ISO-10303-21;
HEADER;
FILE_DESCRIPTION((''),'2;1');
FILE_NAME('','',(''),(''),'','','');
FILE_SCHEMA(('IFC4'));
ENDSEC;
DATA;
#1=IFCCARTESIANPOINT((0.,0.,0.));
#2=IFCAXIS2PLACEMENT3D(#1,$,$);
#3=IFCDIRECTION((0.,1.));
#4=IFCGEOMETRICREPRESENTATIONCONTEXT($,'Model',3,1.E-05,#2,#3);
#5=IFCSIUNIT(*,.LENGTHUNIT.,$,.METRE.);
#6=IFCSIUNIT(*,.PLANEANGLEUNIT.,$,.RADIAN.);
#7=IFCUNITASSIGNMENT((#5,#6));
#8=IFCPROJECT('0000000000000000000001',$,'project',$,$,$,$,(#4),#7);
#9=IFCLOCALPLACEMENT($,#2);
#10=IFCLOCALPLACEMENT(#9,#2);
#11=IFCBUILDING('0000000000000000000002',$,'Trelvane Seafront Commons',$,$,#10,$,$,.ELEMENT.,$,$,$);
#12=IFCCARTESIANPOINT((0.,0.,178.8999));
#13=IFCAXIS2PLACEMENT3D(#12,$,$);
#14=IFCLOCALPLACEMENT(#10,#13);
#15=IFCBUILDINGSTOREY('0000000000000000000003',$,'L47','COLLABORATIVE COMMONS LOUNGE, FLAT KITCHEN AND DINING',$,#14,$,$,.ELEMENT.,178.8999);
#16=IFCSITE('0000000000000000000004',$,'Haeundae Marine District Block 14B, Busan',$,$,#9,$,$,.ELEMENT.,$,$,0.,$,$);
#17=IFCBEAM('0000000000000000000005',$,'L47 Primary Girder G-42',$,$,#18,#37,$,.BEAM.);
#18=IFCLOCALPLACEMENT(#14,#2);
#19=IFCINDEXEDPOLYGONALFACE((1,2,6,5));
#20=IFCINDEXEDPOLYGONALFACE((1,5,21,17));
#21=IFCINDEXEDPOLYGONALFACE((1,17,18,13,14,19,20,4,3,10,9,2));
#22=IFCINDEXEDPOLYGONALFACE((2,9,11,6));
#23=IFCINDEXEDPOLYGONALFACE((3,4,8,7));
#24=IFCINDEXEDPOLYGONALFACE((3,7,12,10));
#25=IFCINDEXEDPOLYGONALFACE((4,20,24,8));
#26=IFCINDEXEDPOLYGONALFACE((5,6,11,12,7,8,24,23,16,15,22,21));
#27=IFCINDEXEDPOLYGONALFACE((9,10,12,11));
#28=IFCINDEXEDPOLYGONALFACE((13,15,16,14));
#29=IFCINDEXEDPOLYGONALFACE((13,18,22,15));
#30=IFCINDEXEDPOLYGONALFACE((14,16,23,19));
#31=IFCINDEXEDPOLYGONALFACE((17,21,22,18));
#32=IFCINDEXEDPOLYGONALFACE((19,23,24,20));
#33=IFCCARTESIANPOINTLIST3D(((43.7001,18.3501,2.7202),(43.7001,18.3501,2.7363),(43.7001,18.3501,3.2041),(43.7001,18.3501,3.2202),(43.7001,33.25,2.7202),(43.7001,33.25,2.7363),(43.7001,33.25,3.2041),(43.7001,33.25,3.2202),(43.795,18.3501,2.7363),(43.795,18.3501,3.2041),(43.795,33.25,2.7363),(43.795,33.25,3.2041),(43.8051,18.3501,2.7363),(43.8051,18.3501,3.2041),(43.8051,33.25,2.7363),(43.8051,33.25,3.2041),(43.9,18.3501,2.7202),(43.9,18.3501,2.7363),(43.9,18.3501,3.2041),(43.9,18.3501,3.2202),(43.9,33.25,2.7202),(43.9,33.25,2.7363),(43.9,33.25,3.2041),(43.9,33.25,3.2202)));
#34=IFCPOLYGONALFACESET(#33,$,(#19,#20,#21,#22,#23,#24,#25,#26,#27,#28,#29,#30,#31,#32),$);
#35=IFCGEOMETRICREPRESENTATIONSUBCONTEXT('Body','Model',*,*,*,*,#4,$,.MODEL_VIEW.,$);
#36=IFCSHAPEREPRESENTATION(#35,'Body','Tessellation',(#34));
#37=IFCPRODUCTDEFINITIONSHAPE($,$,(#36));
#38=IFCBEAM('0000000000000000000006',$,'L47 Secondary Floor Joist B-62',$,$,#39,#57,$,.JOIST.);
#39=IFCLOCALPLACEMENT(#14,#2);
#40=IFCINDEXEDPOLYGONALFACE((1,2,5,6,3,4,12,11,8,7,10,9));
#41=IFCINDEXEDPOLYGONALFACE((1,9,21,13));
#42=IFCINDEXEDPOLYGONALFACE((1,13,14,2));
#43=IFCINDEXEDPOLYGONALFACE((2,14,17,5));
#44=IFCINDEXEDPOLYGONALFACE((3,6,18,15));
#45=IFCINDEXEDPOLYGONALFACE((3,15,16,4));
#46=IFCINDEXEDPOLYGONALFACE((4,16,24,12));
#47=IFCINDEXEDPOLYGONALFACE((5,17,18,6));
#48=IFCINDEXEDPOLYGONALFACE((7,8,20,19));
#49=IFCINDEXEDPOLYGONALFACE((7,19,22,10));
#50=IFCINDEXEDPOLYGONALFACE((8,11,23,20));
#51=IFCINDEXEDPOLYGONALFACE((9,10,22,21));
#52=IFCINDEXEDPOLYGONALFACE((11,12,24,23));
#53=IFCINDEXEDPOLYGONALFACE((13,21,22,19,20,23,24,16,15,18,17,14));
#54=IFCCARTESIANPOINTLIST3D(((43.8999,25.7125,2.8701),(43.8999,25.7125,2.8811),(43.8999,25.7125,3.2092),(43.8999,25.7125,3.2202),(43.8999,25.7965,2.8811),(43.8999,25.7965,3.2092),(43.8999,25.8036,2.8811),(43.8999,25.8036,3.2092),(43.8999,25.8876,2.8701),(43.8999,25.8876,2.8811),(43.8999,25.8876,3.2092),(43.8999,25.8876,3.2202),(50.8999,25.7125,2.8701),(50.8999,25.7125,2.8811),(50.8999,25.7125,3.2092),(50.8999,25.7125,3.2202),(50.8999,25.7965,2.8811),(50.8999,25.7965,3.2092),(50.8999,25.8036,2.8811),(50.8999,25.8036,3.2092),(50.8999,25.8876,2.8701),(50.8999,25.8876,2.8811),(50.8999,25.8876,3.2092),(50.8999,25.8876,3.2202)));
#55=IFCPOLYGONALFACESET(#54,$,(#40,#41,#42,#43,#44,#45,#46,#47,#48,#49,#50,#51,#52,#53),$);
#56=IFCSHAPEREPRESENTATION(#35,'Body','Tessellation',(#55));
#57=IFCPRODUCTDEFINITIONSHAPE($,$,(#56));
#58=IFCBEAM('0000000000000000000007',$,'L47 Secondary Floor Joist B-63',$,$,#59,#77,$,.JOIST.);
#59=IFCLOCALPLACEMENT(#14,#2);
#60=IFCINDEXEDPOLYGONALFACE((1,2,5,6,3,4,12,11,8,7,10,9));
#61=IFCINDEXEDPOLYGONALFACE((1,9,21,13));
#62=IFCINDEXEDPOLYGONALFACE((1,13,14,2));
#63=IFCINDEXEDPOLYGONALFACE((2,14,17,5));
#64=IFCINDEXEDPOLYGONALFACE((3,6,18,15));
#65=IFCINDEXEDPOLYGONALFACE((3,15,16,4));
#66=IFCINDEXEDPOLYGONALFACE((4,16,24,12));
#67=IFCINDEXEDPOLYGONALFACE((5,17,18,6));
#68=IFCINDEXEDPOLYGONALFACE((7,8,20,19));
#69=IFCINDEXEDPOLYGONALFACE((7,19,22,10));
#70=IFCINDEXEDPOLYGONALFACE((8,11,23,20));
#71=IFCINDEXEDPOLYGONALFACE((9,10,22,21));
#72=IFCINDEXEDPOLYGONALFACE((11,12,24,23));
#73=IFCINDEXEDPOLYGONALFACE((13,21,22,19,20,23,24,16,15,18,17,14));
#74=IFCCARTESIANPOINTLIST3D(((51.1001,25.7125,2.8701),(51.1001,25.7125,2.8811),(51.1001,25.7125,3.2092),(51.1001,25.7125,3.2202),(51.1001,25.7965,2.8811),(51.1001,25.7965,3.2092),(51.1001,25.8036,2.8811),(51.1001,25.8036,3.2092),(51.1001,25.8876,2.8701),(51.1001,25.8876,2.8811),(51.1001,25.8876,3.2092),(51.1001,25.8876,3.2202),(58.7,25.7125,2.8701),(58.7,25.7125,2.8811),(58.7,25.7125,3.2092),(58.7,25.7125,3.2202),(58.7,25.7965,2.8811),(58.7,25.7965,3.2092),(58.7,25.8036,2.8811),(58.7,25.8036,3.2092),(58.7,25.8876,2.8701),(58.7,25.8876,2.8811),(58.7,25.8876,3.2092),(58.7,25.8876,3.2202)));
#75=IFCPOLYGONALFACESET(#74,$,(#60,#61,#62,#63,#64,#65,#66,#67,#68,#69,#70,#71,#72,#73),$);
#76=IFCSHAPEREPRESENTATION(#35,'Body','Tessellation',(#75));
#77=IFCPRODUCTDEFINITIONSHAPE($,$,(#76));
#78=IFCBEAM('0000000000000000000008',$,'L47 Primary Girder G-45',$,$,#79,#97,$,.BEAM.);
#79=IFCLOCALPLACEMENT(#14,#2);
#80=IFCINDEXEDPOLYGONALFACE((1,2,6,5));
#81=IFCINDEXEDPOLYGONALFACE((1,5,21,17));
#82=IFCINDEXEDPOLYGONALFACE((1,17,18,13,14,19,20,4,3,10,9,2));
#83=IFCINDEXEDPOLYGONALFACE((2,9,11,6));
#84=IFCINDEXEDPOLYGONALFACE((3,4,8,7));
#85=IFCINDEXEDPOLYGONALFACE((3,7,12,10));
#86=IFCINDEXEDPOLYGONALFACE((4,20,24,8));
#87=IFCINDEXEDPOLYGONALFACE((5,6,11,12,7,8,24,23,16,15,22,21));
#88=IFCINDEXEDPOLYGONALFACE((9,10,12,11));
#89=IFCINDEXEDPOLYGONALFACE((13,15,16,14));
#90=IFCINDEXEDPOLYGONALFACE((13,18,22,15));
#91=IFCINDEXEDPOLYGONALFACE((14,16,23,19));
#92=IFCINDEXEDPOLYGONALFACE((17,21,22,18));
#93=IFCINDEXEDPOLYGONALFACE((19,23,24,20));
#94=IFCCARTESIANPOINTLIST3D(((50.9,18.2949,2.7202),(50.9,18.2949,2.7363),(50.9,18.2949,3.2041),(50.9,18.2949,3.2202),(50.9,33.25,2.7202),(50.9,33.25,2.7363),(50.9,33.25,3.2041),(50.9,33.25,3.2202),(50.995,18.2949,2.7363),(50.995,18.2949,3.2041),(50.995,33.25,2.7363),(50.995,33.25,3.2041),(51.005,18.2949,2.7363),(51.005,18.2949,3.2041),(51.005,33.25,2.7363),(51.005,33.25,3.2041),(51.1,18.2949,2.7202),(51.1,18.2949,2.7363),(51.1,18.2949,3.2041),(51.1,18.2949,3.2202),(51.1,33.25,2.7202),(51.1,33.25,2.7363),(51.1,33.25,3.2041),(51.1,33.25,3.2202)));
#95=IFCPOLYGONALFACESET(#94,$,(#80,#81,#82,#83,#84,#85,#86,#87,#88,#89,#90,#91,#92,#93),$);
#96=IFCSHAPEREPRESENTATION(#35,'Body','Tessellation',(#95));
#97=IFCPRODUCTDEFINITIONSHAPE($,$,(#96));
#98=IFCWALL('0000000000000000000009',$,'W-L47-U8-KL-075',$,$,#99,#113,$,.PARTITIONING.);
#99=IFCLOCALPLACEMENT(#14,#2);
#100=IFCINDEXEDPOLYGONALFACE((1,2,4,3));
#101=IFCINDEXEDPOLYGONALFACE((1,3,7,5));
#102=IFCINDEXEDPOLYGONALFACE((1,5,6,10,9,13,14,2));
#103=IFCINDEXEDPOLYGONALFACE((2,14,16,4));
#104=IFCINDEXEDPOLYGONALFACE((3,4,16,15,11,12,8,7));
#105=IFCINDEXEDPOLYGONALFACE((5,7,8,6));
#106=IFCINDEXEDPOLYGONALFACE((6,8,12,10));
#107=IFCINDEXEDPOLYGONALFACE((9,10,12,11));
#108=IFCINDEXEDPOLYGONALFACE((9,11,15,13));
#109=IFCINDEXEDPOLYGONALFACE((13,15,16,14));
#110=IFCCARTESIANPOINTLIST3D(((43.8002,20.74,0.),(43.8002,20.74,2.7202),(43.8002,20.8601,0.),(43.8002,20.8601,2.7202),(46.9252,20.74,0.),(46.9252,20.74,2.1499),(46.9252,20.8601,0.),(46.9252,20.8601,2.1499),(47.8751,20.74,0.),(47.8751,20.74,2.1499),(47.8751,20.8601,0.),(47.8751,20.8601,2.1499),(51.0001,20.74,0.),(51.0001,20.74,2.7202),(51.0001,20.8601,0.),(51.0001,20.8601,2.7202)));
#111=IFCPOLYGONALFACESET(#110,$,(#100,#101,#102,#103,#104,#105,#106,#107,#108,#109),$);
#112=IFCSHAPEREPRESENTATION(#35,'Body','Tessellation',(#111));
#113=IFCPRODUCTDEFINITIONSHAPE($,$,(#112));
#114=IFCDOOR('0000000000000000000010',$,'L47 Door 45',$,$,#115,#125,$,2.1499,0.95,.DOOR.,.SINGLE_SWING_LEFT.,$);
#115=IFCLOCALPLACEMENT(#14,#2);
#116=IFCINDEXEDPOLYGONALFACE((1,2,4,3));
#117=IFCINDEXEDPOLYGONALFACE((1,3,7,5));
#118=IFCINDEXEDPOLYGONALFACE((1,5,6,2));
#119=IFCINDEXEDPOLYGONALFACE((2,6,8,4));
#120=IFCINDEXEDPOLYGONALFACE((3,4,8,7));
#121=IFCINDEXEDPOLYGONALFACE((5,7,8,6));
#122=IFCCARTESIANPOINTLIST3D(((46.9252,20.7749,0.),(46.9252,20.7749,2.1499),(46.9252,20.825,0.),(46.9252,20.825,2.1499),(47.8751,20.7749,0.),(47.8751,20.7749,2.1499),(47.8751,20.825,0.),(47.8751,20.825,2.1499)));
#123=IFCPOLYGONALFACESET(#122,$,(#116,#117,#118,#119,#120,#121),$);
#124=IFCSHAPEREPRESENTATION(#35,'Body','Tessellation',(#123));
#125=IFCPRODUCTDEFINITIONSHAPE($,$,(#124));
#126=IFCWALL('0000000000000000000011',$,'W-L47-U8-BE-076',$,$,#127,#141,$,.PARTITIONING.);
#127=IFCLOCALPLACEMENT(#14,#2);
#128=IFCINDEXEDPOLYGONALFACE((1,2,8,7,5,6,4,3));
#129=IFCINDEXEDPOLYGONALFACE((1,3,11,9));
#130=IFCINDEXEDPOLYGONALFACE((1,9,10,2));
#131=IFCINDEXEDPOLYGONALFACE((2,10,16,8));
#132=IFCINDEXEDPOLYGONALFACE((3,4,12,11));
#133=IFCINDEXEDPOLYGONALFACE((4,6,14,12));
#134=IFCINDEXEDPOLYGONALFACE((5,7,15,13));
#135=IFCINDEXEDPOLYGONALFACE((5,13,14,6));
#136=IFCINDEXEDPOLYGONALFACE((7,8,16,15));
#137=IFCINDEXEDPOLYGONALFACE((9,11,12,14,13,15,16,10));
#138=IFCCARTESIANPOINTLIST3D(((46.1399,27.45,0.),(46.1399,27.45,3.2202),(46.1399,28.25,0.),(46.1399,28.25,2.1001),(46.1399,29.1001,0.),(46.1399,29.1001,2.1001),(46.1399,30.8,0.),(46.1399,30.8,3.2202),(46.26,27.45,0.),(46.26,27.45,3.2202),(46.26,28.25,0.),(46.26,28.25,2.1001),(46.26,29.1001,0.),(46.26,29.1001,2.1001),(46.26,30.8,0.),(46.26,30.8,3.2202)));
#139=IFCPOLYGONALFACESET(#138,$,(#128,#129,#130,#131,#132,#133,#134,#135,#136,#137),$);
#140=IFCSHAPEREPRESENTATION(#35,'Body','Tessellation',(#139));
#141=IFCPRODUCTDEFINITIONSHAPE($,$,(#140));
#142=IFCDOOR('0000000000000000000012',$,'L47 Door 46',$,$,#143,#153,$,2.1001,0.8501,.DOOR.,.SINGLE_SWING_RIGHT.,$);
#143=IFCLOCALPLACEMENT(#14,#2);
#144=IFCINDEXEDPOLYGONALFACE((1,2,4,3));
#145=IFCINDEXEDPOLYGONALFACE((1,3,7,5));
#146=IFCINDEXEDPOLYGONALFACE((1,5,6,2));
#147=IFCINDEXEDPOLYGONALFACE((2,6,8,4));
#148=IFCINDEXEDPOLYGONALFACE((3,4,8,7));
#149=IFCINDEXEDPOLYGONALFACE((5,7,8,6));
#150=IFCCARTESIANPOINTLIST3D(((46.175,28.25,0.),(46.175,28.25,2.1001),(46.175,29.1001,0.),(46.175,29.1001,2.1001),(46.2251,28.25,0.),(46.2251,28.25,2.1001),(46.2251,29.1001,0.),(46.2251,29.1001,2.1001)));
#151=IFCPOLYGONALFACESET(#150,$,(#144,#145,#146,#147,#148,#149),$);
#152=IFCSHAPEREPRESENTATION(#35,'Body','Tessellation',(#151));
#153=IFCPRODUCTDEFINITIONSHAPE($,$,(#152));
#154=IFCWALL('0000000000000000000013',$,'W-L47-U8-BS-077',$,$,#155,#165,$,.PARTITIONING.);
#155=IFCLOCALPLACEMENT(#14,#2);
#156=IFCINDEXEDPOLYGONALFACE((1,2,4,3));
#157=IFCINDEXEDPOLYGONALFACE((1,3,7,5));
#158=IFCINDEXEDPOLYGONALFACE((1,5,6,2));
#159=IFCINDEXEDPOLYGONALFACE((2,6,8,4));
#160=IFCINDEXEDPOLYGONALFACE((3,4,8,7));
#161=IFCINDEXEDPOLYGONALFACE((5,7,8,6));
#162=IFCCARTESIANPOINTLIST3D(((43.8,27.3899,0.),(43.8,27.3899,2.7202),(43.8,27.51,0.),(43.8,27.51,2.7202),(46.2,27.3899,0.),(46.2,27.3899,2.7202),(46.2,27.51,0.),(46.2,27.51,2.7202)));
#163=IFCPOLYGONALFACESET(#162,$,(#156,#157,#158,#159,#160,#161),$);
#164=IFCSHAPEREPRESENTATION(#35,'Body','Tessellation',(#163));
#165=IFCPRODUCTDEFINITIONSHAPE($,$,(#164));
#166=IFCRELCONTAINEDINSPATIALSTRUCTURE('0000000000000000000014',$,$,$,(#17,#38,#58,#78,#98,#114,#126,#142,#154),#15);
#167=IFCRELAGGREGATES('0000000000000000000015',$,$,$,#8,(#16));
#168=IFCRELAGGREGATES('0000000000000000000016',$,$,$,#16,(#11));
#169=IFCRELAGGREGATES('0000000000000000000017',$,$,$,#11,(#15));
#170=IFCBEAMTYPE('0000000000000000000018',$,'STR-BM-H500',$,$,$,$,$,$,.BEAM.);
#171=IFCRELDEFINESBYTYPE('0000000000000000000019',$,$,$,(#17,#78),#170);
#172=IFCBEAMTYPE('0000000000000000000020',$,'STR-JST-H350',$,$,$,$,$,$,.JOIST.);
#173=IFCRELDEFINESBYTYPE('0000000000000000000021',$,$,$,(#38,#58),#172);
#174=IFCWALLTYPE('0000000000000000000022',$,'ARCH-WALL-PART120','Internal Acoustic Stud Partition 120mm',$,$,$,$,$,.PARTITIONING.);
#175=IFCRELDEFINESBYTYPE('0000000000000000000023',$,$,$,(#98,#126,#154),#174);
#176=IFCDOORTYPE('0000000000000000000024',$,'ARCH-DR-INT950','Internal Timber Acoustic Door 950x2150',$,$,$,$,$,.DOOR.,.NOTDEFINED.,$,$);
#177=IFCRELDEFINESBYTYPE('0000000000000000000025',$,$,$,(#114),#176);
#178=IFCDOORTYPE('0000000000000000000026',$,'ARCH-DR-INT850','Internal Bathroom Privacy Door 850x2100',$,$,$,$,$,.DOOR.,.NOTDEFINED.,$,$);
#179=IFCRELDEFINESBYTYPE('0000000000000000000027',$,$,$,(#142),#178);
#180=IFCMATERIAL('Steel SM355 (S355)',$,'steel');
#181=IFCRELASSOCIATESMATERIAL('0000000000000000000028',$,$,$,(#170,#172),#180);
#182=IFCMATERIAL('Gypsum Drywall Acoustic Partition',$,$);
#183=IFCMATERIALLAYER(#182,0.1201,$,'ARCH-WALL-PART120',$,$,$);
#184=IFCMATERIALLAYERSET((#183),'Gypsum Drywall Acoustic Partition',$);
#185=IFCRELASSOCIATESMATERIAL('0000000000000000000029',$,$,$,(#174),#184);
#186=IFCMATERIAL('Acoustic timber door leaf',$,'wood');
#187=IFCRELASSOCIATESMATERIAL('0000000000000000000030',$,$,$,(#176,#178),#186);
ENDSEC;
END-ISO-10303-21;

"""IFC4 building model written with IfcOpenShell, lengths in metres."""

from ifc_helpers import new_model, si_unit, direction, frame, frame_2d, origin, origin_2d, place, context, subcontext, project, spatial, rectangle, i_section, extrude, source, transform, mapped, material, layer, layer_set, material_profile, profile_set, type_object, element, fill, save


model = new_model("IFC4")

# Units and contexts
model_context = context("Model", 3, precision=1e-05, world=origin(), true_north=direction((0.0, 1.0)))
body_context = subcontext(model_context, "Body", "Model", "MODEL_VIEW")
ifc_project = project(units=[si_unit("LENGTHUNIT", "METRE"), si_unit("PLANEANGLEUNIT", "RADIAN")], contexts=[model_context])

# Site, building, storey
site_placement = place(None, origin())
site = spatial("IfcSite", under=ifc_project, at=site_placement, Name="Haeundae Marine District Block 14B, Busan", CompositionType="ELEMENT", RefElevation=0.0)
building_placement = place(site_placement, origin())
building = spatial("IfcBuilding", under=site, at=building_placement, Name="Trelvane Seafront Commons", CompositionType="ELEMENT")
storey_placement = place(building_placement, frame((0.0, 0.0, 178.8999)))
storey = spatial("IfcBuildingStorey", under=building, at=storey_placement, Name="L47", Description="COLLABORATIVE COMMONS LOUNGE, FLAT KITCHEN AND DINING", CompositionType="ELEMENT", Elevation=178.8999)

# Beams
ifc_material_1 = material(Name="Steel SM355 (S355)", Category="steel")
ifc_material_profile_1 = material_profile(ifc_material_1, i_section(OverallWidth=0.2, OverallDepth=0.5, WebThickness=0.01, FlangeThickness=0.0161, at=origin_2d()), Name="H-500x200x10x16")
ifc_profile_set_1 = profile_set([ifc_material_profile_1], Name="Steel SM355 (S355)")
beam_type_1 = type_object("IfcBeamType", Name="STR-BM-H500", PredefinedType="BEAM", material=ifc_profile_set_1)
shared_shape_1 = source(origin(), body_context, "Body", "SweptSolid", [
    extrude(i_section(OverallWidth=0.2, OverallDepth=0.5, WebThickness=0.01, FlangeThickness=0.0161, at=origin_2d()), origin(), (0.0, 0.0, 1.0), 14.8999),
])
beam_1_placement = place(storey_placement, frame((43.8, 18.3501, 2.9702), z_axis=(0.0, 1.0, 0.0), x_axis=(-1.0, 0.0, 0.0)))
element("IfcBeam", 1, at=beam_1_placement, inside=storey, type_object=beam_type_1, Name="L47 Primary Girder G-42", PredefinedType="BEAM", context=body_context, shape_type="MappedRepresentation", body=[
    mapped(shared_shape_1, transform((0.0, 0.0, 0.0), x_axis=(1.0, 0.0, 0.0), y_axis=(0.0, 1.0, 0.0), z_axis=(0.0, 0.0, 1.0), scale=1.0)),
])
ifc_material_profile_2 = material_profile(ifc_material_1, i_section(OverallWidth=0.175, OverallDepth=0.3501, WebThickness=0.0071, FlangeThickness=0.011, at=origin_2d()), Name="H-350x175x7x11")
ifc_profile_set_2 = profile_set([ifc_material_profile_2], Name="Steel SM355 (S355)")
beam_type_2 = type_object("IfcBeamType", Name="STR-JST-H350", PredefinedType="JOIST", material=ifc_profile_set_2)
shared_shape_2 = source(origin(), body_context, "Body", "SweptSolid", [
    extrude(i_section(OverallWidth=0.175, OverallDepth=0.3501, WebThickness=0.0071, FlangeThickness=0.011, at=origin_2d()), origin(), (0.0, 0.0, 1.0), 7.0),
])
beam_2_placement = place(storey_placement, frame((43.8999, 25.8, 3.0452), z_axis=(1.0, 0.0, 0.0), x_axis=(0.0, 1.0, 0.0)))
element("IfcBeam", 2, at=beam_2_placement, inside=storey, type_object=beam_type_2, Name="L47 Secondary Floor Joist B-62", PredefinedType="JOIST", context=body_context, shape_type="MappedRepresentation", body=[
    mapped(shared_shape_2, transform((0.0, 0.0, 0.0), x_axis=(1.0, 0.0, 0.0), y_axis=(0.0, 1.0, 0.0), z_axis=(0.0, 0.0, 1.0), scale=1.0)),
])
shared_shape_3 = source(origin(), body_context, "Body", "SweptSolid", [
    extrude(i_section(OverallWidth=0.175, OverallDepth=0.3501, WebThickness=0.0071, FlangeThickness=0.011, at=origin_2d()), origin(), (0.0, 0.0, 1.0), 7.5999),
])
beam_3_placement = place(storey_placement, frame((51.1001, 25.8, 3.0452), z_axis=(1.0, 0.0, 0.0), x_axis=(0.0, 1.0, 0.0)))
element("IfcBeam", 3, at=beam_3_placement, inside=storey, type_object=beam_type_2, Name="L47 Secondary Floor Joist B-63", PredefinedType="JOIST", context=body_context, shape_type="MappedRepresentation", body=[
    mapped(shared_shape_3, transform((0.0, 0.0, 0.0), x_axis=(1.0, 0.0, 0.0), y_axis=(0.0, 1.0, 0.0), z_axis=(0.0, 0.0, 1.0), scale=1.0)),
])
shared_shape_4 = source(origin(), body_context, "Body", "SweptSolid", [
    extrude(i_section(OverallWidth=0.2, OverallDepth=0.5, WebThickness=0.01, FlangeThickness=0.0161, at=origin_2d()), origin(), (0.0, 0.0, 1.0), 14.9551),
])
beam_4_placement = place(storey_placement, frame((51.0, 18.2949, 2.9702), z_axis=(0.0, 1.0, 0.0), x_axis=(-1.0, 0.0, 0.0)))
element("IfcBeam", 4, at=beam_4_placement, inside=storey, type_object=beam_type_1, Name="L47 Primary Girder G-45", PredefinedType="BEAM", context=body_context, shape_type="MappedRepresentation", body=[
    mapped(shared_shape_4, transform((0.0, 0.0, 0.0), x_axis=(1.0, 0.0, 0.0), y_axis=(0.0, 1.0, 0.0), z_axis=(0.0, 0.0, 1.0), scale=1.0)),
])

# Walls, openings, doors
ifc_material_2 = material(Name="Gypsum Drywall Acoustic Partition")
ifc_layer_1 = layer(ifc_material_2, 0.1201, Name="ARCH-WALL-PART120")
ifc_layer_set_1 = layer_set([ifc_layer_1], Name="Gypsum Drywall Acoustic Partition")
wall_type_1 = type_object("IfcWallType", Name="ARCH-WALL-PART120", Description="Internal Acoustic Stud Partition 120mm", PredefinedType="PARTITIONING", material=ifc_layer_set_1)
wall_1_placement = place(storey_placement, frame((43.8, 20.8, 0.0), z_axis=(0.0, 0.0, 1.0), x_axis=(1.0, 0.0, 0.0)))
wall_1 = element("IfcWall", 5, at=wall_1_placement, inside=storey, type_object=wall_type_1, Name="W-L47-U8-KL-075", PredefinedType="PARTITIONING", context=body_context, shape_type="SweptSolid", body=[
    extrude(rectangle(XDim=7.2, YDim=0.1201, at=frame_2d((3.6001, 0.0))), origin(), (0.0, 0.0, 1.0), 2.7202),
])
opening_1_placement = place(wall_1_placement, frame((3.125, 0.0, 0.0)))
opening_1 = element("IfcOpeningElement", 6, at=opening_1_placement, cuts=wall_1, PredefinedType="OPENING", context=body_context, shape_type="SweptSolid", body=[
    extrude(rectangle(XDim=0.95, YDim=2.1499, at=frame_2d((0.4751, 1.075))), frame((0.0, 0.0701, 0.0), z_axis=(0.0, -1.0, 0.0), x_axis=(1.0, 0.0, 0.0)), (0.0, 0.0, 1.0), 0.1401),
])
ifc_material_3 = material(Name="Acoustic timber door leaf", Category="wood")
door_type_1 = type_object("IfcDoorType", Name="ARCH-DR-INT950", Description="Internal Timber Acoustic Door 950x2150", OperationType="NOTDEFINED", PredefinedType="DOOR", material=ifc_material_3)
shared_shape_5 = source(origin(), body_context, "Body", "SweptSolid", [
    extrude(rectangle(XDim=0.95, YDim=2.1499, at=frame_2d((0.4751, 1.075))), frame((0.0, 0.0249, 0.0), z_axis=(0.0, -1.0, 0.0), x_axis=(1.0, 0.0, 0.0)), (0.0, 0.0, 1.0), 0.05),
])
door_1_placement = place(opening_1_placement, origin())
door_1 = element("IfcDoor", 7, at=door_1_placement, inside=storey, type_object=door_type_1, Name="L47 Door 45", OperationType="SINGLE_SWING_LEFT", OverallHeight=2.1499, OverallWidth=0.95, PredefinedType="DOOR", context=body_context, shape_type="MappedRepresentation", body=[
    mapped(shared_shape_5, transform((0.0, 0.0, 0.0), x_axis=(1.0, 0.0, 0.0), y_axis=(0.0, 1.0, 0.0), z_axis=(0.0, 0.0, 1.0), scale=1.0)),
])
fill(opening_1, door_1)
wall_2_placement = place(storey_placement, frame((46.2, 27.45, 0.0), z_axis=(0.0, 0.0, 1.0), x_axis=(0.0, 1.0, 0.0)))
wall_2 = element("IfcWall", 8, at=wall_2_placement, inside=storey, type_object=wall_type_1, Name="W-L47-U8-BE-076", PredefinedType="PARTITIONING", context=body_context, shape_type="SweptSolid", body=[
    extrude(rectangle(XDim=3.3501, YDim=0.1201, at=frame_2d((1.675, 0.0))), origin(), (0.0, 0.0, 1.0), 3.2202),
])
opening_2_placement = place(wall_2_placement, frame((0.8, 0.0, 0.0)))
opening_2 = element("IfcOpeningElement", 9, at=opening_2_placement, cuts=wall_2, PredefinedType="OPENING", context=body_context, shape_type="SweptSolid", body=[
    extrude(rectangle(XDim=0.8501, YDim=2.1001, at=frame_2d((0.425, 1.05))), frame((0.0, 0.0701, 0.0), z_axis=(0.0, -1.0, 0.0), x_axis=(1.0, 0.0, 0.0)), (0.0, 0.0, 1.0), 0.1401),
])
door_type_2 = type_object("IfcDoorType", Name="ARCH-DR-INT850", Description="Internal Bathroom Privacy Door 850x2100", OperationType="NOTDEFINED", PredefinedType="DOOR", material=ifc_material_3)
shared_shape_6 = source(origin(), body_context, "Body", "SweptSolid", [
    extrude(rectangle(XDim=0.8501, YDim=2.1001, at=frame_2d((0.425, 1.05))), frame((0.0, 0.0249, 0.0), z_axis=(0.0, -1.0, 0.0), x_axis=(1.0, 0.0, 0.0)), (0.0, 0.0, 1.0), 0.05),
])
door_2_placement = place(opening_2_placement, origin())
door_2 = element("IfcDoor", 10, at=door_2_placement, inside=storey, type_object=door_type_2, Name="L47 Door 46", OperationType="SINGLE_SWING_RIGHT", OverallHeight=2.1001, OverallWidth=0.8501, PredefinedType="DOOR", context=body_context, shape_type="MappedRepresentation", body=[
    mapped(shared_shape_6, transform((0.0, 0.0, 0.0), x_axis=(1.0, 0.0, 0.0), y_axis=(0.0, 1.0, 0.0), z_axis=(0.0, 0.0, 1.0), scale=1.0)),
])
fill(opening_2, door_2)

# Wall
wall_3_placement = place(storey_placement, frame((43.8, 27.45, 0.0), z_axis=(0.0, 0.0, 1.0), x_axis=(1.0, 0.0, 0.0)))
element("IfcWall", 11, at=wall_3_placement, inside=storey, type_object=wall_type_1, Name="W-L47-U8-BS-077", PredefinedType="PARTITIONING", context=body_context, shape_type="SweptSolid", body=[
    extrude(rectangle(XDim=2.3999, YDim=0.1201, at=frame_2d((1.2, 0.0))), origin(), (0.0, 0.0, 1.0), 2.7202),
])

save(model, "model.ifc")
